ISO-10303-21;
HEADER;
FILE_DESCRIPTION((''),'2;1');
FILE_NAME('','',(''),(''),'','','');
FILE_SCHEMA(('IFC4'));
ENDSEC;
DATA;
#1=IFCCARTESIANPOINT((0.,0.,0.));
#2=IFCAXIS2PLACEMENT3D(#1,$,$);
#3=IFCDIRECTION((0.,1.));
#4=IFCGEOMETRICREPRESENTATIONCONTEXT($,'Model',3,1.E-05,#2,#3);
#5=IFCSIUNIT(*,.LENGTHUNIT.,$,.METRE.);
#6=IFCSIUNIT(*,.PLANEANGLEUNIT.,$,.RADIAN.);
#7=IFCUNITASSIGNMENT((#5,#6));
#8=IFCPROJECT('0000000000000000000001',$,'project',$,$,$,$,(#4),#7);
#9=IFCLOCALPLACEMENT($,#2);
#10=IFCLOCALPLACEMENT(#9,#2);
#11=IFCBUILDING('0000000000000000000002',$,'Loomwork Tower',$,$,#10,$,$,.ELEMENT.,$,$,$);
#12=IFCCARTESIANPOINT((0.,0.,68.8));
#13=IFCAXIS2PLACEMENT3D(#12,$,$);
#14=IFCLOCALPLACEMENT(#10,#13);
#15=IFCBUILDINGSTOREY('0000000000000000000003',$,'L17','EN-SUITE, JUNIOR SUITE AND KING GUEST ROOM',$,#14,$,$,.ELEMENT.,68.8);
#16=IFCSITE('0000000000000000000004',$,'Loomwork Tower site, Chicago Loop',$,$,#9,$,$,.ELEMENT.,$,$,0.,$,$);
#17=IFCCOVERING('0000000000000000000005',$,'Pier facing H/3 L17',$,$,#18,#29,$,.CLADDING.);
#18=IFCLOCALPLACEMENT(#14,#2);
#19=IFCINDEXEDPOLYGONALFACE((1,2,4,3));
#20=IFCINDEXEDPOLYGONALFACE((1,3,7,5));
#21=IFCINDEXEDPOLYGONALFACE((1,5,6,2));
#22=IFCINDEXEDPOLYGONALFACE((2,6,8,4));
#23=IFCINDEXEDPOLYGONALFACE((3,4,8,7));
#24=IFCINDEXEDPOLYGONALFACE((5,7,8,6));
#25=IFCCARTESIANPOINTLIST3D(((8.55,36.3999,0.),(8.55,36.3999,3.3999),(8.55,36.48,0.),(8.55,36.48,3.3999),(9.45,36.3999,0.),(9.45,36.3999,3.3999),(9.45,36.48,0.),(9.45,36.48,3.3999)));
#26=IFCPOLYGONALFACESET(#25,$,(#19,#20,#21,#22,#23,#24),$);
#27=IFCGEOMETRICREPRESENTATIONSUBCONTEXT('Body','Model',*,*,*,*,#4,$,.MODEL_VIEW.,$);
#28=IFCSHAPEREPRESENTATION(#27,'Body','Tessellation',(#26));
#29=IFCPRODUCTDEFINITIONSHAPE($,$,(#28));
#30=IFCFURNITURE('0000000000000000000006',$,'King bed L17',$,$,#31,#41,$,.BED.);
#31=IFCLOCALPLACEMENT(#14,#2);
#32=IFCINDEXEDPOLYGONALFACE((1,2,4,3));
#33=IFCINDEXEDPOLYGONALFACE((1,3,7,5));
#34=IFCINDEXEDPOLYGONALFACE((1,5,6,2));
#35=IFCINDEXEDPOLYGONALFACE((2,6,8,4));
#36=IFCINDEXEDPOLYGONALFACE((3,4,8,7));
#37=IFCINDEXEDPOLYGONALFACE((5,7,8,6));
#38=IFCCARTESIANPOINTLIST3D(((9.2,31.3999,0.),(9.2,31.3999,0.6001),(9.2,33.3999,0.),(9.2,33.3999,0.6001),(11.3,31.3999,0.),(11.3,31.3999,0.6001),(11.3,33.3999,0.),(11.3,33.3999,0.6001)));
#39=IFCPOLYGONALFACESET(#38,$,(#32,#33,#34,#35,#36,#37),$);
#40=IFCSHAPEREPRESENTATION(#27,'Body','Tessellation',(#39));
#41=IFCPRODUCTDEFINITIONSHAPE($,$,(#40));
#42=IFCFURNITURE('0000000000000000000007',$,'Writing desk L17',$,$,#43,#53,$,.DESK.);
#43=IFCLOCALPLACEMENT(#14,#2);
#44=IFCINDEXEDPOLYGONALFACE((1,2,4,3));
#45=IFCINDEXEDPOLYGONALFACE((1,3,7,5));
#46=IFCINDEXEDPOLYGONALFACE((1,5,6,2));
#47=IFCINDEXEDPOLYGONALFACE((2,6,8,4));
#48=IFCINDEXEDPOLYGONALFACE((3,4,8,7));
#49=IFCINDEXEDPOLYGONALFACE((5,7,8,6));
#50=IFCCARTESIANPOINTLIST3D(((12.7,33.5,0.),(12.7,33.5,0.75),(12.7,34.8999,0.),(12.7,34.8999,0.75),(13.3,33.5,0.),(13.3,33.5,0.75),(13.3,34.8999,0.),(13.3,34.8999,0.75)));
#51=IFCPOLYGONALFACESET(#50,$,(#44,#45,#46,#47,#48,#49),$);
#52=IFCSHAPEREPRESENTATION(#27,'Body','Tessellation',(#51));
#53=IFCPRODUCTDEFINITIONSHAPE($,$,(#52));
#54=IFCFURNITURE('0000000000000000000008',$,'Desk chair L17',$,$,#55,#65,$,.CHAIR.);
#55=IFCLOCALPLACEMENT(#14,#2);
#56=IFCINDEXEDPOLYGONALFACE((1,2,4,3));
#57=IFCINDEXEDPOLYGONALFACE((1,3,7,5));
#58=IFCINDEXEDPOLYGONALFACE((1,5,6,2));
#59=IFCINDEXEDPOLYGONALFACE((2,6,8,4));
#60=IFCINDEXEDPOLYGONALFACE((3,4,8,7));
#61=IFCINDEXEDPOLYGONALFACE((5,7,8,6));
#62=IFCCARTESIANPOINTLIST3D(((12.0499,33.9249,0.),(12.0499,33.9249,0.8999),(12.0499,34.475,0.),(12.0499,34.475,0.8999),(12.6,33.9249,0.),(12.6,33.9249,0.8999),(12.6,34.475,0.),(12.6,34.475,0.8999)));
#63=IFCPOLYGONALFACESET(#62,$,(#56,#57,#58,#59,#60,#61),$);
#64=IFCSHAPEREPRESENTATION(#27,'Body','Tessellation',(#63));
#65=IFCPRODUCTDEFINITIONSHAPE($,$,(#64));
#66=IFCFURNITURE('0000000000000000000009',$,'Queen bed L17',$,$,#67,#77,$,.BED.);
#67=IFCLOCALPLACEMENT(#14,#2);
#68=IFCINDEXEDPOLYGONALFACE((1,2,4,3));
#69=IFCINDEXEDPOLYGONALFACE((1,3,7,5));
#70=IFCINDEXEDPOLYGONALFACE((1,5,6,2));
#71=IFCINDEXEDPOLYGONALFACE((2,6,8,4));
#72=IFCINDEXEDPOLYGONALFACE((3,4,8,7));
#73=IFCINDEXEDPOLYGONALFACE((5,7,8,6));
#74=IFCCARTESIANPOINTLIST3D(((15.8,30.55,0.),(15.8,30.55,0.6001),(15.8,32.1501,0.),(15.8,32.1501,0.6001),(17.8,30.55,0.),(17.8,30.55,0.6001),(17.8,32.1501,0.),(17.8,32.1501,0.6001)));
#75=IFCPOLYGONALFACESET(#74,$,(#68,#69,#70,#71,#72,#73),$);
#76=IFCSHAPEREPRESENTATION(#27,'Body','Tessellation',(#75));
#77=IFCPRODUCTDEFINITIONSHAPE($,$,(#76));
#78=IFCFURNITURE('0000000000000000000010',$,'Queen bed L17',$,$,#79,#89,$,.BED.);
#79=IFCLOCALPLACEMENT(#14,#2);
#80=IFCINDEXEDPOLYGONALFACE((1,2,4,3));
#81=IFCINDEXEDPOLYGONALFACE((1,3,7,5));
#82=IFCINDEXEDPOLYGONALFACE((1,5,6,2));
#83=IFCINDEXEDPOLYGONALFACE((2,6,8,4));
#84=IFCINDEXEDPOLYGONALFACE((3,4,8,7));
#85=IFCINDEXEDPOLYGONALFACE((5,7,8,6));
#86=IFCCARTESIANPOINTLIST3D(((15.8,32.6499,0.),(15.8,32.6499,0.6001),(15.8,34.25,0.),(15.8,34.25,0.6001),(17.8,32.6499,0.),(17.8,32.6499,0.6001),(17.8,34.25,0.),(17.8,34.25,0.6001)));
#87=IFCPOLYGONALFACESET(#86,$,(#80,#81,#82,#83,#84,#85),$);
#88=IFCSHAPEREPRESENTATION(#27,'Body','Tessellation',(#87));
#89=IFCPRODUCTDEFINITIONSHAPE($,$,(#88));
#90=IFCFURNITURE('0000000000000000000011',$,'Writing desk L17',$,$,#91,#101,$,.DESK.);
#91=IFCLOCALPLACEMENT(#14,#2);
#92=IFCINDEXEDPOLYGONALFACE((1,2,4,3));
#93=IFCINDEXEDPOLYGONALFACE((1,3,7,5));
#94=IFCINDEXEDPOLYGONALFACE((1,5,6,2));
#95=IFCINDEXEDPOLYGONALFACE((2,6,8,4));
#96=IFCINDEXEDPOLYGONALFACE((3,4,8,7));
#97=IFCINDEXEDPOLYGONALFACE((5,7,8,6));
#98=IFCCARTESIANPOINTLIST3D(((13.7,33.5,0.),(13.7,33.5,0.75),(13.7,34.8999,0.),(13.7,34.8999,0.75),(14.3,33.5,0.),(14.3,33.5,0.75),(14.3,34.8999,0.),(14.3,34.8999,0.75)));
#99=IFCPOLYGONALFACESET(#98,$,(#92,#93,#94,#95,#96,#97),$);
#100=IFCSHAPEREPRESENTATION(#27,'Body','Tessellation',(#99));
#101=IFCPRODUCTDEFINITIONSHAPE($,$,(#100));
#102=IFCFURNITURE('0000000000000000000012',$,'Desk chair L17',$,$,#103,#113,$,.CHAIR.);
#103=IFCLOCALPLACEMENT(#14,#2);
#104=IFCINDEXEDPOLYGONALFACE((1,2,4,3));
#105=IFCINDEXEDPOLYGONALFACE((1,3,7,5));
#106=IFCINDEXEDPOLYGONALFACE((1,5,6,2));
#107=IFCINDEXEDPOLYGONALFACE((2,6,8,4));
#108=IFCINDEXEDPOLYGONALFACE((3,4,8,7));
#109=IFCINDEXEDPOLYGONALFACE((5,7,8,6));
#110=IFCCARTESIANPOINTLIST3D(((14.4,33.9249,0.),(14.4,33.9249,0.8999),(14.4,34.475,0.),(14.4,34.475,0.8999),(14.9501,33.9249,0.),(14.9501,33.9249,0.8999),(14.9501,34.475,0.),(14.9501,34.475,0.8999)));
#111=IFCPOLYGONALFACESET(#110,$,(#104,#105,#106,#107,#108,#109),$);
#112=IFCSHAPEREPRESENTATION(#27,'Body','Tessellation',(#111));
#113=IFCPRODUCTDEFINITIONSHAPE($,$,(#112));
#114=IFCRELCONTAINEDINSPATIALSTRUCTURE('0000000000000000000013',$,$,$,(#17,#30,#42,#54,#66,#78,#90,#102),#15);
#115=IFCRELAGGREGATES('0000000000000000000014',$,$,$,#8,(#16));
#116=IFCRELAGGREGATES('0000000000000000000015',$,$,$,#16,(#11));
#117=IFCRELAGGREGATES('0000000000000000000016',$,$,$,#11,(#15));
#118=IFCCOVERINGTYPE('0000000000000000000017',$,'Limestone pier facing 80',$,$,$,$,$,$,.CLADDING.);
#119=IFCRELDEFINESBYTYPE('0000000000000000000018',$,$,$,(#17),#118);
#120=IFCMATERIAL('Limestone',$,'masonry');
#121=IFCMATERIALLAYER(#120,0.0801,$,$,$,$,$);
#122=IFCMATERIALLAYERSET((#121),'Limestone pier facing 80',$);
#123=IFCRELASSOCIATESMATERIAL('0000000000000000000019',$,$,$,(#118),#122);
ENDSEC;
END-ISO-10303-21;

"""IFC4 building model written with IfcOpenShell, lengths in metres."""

from ifc_helpers import new_model, si_unit, direction, frame, origin, origin_2d, place, context, subcontext, project, spatial, rectangle, extrude, material, layer, layer_set, type_object, element, save


model = new_model("IFC4")

# Units and contexts
model_context = context("Model", 3, precision=1e-05, world=origin(), true_north=direction((0.0, 1.0)))
body_context = subcontext(model_context, "Body", "Model", "MODEL_VIEW")
ifc_project = project(units=[si_unit("LENGTHUNIT", "METRE"), si_unit("PLANEANGLEUNIT", "RADIAN")], contexts=[model_context])

# Site, building, storey
site_placement = place(None, origin())
site = spatial("IfcSite", under=ifc_project, at=site_placement, Name="Loomwork Tower site, Chicago Loop", CompositionType="ELEMENT", RefElevation=0.0)
building_placement = place(site_placement, origin())
building = spatial("IfcBuilding", under=site, at=building_placement, Name="Loomwork Tower", CompositionType="ELEMENT")
storey_placement = place(building_placement, frame((0.0, 0.0, 68.8)))
storey = spatial("IfcBuildingStorey", under=building, at=storey_placement, Name="L17", Description="EN-SUITE, JUNIOR SUITE AND KING GUEST ROOM", CompositionType="ELEMENT", Elevation=68.8)

# Covering
ifc_material_1 = material(Name="Limestone", Category="masonry")
ifc_layer_1 = layer(ifc_material_1, 0.0801)
ifc_layer_set_1 = layer_set([ifc_layer_1], Name="Limestone pier facing 80")
covering_type = type_object("IfcCoveringType", Name="Limestone pier facing 80", PredefinedType="CLADDING", material=ifc_layer_set_1)
covering_placement = place(storey_placement, frame((9.0, 36.4399, 0.0), z_axis=(0.0, 0.0, 1.0), x_axis=(1.0, 0.0, 0.0)))
element("IfcCovering", 1, at=covering_placement, inside=storey, type_object=covering_type, Name="Pier facing H/3 L17", PredefinedType="CLADDING", context=body_context, shape_type="SweptSolid", body=[
    extrude(rectangle(XDim=0.8999, YDim=0.0801, at=origin_2d()), origin(), (0.0, 0.0, 1.0), 3.3999),
])

# Furniture
furniture_1_placement = place(storey_placement, frame((10.25, 32.3999, 0.0), z_axis=(0.0, 0.0, 1.0), x_axis=(1.0, 0.0, 0.0)))
element("IfcFurniture", 2, at=furniture_1_placement, inside=storey, Name="King bed L17", PredefinedType="BED", context=body_context, shape_type="SweptSolid", body=[
    extrude(rectangle(XDim=2.1001, YDim=2.0, at=origin_2d()), origin(), (0.0, 0.0, 1.0), 0.6001),
])
furniture_2_placement = place(storey_placement, frame((13.0, 34.2, 0.0), z_axis=(0.0, 0.0, 1.0), x_axis=(1.0, 0.0, 0.0)))
element("IfcFurniture", 3, at=furniture_2_placement, inside=storey, Name="Writing desk L17", PredefinedType="DESK", context=body_context, shape_type="SweptSolid", body=[
    extrude(rectangle(XDim=0.6001, YDim=1.3999, at=origin_2d()), origin(), (0.0, 0.0, 1.0), 0.75),
])
furniture_3_placement = place(storey_placement, frame((12.325, 34.2, 0.0), z_axis=(0.0, 0.0, 1.0), x_axis=(1.0, 0.0, 0.0)))
element("IfcFurniture", 4, at=furniture_3_placement, inside=storey, Name="Desk chair L17", PredefinedType="CHAIR", context=body_context, shape_type="SweptSolid", body=[
    extrude(rectangle(XDim=0.55, YDim=0.55, at=origin_2d()), origin(), (0.0, 0.0, 1.0), 0.8999),
])
for number, where, z_axis, x_axis, name in (
    (5, (16.8, 31.3501, 0.0), (0.0, 0.0, 1.0), (1.0, 0.0, 0.0), "Queen bed L17"),
    (6, (16.8, 33.45, 0.0), (0.0, 0.0, 1.0), (1.0, 0.0, 0.0), "Queen bed L17"),
):
    element("IfcFurniture", number, at=place(storey_placement, frame(where, z_axis=z_axis, x_axis=x_axis)), inside=storey, Name=name, PredefinedType="BED", context=body_context, shape_type="SweptSolid", body=[
        extrude(rectangle(XDim=2.0, YDim=1.6001, at=origin_2d()), origin(), (0.0, 0.0, 1.0), 0.6001),
    ])
furniture_4_placement = place(storey_placement, frame((14.0, 34.2, 0.0), z_axis=(0.0, 0.0, 1.0), x_axis=(1.0, 0.0, 0.0)))
element("IfcFurniture", 7, at=furniture_4_placement, inside=storey, Name="Writing desk L17", PredefinedType="DESK", context=body_context, shape_type="SweptSolid", body=[
    extrude(rectangle(XDim=0.6001, YDim=1.3999, at=origin_2d()), origin(), (0.0, 0.0, 1.0), 0.75),
])
furniture_5_placement = place(storey_placement, frame((14.675, 34.2, 0.0), z_axis=(0.0, 0.0, 1.0), x_axis=(1.0, 0.0, 0.0)))
element("IfcFurniture", 8, at=furniture_5_placement, inside=storey, Name="Desk chair L17", PredefinedType="CHAIR", context=body_context, shape_type="SweptSolid", body=[
    extrude(rectangle(XDim=0.55, YDim=0.55, at=origin_2d()), origin(), (0.0, 0.0, 1.0), 0.8999),
])

save(model, "model.ifc")
